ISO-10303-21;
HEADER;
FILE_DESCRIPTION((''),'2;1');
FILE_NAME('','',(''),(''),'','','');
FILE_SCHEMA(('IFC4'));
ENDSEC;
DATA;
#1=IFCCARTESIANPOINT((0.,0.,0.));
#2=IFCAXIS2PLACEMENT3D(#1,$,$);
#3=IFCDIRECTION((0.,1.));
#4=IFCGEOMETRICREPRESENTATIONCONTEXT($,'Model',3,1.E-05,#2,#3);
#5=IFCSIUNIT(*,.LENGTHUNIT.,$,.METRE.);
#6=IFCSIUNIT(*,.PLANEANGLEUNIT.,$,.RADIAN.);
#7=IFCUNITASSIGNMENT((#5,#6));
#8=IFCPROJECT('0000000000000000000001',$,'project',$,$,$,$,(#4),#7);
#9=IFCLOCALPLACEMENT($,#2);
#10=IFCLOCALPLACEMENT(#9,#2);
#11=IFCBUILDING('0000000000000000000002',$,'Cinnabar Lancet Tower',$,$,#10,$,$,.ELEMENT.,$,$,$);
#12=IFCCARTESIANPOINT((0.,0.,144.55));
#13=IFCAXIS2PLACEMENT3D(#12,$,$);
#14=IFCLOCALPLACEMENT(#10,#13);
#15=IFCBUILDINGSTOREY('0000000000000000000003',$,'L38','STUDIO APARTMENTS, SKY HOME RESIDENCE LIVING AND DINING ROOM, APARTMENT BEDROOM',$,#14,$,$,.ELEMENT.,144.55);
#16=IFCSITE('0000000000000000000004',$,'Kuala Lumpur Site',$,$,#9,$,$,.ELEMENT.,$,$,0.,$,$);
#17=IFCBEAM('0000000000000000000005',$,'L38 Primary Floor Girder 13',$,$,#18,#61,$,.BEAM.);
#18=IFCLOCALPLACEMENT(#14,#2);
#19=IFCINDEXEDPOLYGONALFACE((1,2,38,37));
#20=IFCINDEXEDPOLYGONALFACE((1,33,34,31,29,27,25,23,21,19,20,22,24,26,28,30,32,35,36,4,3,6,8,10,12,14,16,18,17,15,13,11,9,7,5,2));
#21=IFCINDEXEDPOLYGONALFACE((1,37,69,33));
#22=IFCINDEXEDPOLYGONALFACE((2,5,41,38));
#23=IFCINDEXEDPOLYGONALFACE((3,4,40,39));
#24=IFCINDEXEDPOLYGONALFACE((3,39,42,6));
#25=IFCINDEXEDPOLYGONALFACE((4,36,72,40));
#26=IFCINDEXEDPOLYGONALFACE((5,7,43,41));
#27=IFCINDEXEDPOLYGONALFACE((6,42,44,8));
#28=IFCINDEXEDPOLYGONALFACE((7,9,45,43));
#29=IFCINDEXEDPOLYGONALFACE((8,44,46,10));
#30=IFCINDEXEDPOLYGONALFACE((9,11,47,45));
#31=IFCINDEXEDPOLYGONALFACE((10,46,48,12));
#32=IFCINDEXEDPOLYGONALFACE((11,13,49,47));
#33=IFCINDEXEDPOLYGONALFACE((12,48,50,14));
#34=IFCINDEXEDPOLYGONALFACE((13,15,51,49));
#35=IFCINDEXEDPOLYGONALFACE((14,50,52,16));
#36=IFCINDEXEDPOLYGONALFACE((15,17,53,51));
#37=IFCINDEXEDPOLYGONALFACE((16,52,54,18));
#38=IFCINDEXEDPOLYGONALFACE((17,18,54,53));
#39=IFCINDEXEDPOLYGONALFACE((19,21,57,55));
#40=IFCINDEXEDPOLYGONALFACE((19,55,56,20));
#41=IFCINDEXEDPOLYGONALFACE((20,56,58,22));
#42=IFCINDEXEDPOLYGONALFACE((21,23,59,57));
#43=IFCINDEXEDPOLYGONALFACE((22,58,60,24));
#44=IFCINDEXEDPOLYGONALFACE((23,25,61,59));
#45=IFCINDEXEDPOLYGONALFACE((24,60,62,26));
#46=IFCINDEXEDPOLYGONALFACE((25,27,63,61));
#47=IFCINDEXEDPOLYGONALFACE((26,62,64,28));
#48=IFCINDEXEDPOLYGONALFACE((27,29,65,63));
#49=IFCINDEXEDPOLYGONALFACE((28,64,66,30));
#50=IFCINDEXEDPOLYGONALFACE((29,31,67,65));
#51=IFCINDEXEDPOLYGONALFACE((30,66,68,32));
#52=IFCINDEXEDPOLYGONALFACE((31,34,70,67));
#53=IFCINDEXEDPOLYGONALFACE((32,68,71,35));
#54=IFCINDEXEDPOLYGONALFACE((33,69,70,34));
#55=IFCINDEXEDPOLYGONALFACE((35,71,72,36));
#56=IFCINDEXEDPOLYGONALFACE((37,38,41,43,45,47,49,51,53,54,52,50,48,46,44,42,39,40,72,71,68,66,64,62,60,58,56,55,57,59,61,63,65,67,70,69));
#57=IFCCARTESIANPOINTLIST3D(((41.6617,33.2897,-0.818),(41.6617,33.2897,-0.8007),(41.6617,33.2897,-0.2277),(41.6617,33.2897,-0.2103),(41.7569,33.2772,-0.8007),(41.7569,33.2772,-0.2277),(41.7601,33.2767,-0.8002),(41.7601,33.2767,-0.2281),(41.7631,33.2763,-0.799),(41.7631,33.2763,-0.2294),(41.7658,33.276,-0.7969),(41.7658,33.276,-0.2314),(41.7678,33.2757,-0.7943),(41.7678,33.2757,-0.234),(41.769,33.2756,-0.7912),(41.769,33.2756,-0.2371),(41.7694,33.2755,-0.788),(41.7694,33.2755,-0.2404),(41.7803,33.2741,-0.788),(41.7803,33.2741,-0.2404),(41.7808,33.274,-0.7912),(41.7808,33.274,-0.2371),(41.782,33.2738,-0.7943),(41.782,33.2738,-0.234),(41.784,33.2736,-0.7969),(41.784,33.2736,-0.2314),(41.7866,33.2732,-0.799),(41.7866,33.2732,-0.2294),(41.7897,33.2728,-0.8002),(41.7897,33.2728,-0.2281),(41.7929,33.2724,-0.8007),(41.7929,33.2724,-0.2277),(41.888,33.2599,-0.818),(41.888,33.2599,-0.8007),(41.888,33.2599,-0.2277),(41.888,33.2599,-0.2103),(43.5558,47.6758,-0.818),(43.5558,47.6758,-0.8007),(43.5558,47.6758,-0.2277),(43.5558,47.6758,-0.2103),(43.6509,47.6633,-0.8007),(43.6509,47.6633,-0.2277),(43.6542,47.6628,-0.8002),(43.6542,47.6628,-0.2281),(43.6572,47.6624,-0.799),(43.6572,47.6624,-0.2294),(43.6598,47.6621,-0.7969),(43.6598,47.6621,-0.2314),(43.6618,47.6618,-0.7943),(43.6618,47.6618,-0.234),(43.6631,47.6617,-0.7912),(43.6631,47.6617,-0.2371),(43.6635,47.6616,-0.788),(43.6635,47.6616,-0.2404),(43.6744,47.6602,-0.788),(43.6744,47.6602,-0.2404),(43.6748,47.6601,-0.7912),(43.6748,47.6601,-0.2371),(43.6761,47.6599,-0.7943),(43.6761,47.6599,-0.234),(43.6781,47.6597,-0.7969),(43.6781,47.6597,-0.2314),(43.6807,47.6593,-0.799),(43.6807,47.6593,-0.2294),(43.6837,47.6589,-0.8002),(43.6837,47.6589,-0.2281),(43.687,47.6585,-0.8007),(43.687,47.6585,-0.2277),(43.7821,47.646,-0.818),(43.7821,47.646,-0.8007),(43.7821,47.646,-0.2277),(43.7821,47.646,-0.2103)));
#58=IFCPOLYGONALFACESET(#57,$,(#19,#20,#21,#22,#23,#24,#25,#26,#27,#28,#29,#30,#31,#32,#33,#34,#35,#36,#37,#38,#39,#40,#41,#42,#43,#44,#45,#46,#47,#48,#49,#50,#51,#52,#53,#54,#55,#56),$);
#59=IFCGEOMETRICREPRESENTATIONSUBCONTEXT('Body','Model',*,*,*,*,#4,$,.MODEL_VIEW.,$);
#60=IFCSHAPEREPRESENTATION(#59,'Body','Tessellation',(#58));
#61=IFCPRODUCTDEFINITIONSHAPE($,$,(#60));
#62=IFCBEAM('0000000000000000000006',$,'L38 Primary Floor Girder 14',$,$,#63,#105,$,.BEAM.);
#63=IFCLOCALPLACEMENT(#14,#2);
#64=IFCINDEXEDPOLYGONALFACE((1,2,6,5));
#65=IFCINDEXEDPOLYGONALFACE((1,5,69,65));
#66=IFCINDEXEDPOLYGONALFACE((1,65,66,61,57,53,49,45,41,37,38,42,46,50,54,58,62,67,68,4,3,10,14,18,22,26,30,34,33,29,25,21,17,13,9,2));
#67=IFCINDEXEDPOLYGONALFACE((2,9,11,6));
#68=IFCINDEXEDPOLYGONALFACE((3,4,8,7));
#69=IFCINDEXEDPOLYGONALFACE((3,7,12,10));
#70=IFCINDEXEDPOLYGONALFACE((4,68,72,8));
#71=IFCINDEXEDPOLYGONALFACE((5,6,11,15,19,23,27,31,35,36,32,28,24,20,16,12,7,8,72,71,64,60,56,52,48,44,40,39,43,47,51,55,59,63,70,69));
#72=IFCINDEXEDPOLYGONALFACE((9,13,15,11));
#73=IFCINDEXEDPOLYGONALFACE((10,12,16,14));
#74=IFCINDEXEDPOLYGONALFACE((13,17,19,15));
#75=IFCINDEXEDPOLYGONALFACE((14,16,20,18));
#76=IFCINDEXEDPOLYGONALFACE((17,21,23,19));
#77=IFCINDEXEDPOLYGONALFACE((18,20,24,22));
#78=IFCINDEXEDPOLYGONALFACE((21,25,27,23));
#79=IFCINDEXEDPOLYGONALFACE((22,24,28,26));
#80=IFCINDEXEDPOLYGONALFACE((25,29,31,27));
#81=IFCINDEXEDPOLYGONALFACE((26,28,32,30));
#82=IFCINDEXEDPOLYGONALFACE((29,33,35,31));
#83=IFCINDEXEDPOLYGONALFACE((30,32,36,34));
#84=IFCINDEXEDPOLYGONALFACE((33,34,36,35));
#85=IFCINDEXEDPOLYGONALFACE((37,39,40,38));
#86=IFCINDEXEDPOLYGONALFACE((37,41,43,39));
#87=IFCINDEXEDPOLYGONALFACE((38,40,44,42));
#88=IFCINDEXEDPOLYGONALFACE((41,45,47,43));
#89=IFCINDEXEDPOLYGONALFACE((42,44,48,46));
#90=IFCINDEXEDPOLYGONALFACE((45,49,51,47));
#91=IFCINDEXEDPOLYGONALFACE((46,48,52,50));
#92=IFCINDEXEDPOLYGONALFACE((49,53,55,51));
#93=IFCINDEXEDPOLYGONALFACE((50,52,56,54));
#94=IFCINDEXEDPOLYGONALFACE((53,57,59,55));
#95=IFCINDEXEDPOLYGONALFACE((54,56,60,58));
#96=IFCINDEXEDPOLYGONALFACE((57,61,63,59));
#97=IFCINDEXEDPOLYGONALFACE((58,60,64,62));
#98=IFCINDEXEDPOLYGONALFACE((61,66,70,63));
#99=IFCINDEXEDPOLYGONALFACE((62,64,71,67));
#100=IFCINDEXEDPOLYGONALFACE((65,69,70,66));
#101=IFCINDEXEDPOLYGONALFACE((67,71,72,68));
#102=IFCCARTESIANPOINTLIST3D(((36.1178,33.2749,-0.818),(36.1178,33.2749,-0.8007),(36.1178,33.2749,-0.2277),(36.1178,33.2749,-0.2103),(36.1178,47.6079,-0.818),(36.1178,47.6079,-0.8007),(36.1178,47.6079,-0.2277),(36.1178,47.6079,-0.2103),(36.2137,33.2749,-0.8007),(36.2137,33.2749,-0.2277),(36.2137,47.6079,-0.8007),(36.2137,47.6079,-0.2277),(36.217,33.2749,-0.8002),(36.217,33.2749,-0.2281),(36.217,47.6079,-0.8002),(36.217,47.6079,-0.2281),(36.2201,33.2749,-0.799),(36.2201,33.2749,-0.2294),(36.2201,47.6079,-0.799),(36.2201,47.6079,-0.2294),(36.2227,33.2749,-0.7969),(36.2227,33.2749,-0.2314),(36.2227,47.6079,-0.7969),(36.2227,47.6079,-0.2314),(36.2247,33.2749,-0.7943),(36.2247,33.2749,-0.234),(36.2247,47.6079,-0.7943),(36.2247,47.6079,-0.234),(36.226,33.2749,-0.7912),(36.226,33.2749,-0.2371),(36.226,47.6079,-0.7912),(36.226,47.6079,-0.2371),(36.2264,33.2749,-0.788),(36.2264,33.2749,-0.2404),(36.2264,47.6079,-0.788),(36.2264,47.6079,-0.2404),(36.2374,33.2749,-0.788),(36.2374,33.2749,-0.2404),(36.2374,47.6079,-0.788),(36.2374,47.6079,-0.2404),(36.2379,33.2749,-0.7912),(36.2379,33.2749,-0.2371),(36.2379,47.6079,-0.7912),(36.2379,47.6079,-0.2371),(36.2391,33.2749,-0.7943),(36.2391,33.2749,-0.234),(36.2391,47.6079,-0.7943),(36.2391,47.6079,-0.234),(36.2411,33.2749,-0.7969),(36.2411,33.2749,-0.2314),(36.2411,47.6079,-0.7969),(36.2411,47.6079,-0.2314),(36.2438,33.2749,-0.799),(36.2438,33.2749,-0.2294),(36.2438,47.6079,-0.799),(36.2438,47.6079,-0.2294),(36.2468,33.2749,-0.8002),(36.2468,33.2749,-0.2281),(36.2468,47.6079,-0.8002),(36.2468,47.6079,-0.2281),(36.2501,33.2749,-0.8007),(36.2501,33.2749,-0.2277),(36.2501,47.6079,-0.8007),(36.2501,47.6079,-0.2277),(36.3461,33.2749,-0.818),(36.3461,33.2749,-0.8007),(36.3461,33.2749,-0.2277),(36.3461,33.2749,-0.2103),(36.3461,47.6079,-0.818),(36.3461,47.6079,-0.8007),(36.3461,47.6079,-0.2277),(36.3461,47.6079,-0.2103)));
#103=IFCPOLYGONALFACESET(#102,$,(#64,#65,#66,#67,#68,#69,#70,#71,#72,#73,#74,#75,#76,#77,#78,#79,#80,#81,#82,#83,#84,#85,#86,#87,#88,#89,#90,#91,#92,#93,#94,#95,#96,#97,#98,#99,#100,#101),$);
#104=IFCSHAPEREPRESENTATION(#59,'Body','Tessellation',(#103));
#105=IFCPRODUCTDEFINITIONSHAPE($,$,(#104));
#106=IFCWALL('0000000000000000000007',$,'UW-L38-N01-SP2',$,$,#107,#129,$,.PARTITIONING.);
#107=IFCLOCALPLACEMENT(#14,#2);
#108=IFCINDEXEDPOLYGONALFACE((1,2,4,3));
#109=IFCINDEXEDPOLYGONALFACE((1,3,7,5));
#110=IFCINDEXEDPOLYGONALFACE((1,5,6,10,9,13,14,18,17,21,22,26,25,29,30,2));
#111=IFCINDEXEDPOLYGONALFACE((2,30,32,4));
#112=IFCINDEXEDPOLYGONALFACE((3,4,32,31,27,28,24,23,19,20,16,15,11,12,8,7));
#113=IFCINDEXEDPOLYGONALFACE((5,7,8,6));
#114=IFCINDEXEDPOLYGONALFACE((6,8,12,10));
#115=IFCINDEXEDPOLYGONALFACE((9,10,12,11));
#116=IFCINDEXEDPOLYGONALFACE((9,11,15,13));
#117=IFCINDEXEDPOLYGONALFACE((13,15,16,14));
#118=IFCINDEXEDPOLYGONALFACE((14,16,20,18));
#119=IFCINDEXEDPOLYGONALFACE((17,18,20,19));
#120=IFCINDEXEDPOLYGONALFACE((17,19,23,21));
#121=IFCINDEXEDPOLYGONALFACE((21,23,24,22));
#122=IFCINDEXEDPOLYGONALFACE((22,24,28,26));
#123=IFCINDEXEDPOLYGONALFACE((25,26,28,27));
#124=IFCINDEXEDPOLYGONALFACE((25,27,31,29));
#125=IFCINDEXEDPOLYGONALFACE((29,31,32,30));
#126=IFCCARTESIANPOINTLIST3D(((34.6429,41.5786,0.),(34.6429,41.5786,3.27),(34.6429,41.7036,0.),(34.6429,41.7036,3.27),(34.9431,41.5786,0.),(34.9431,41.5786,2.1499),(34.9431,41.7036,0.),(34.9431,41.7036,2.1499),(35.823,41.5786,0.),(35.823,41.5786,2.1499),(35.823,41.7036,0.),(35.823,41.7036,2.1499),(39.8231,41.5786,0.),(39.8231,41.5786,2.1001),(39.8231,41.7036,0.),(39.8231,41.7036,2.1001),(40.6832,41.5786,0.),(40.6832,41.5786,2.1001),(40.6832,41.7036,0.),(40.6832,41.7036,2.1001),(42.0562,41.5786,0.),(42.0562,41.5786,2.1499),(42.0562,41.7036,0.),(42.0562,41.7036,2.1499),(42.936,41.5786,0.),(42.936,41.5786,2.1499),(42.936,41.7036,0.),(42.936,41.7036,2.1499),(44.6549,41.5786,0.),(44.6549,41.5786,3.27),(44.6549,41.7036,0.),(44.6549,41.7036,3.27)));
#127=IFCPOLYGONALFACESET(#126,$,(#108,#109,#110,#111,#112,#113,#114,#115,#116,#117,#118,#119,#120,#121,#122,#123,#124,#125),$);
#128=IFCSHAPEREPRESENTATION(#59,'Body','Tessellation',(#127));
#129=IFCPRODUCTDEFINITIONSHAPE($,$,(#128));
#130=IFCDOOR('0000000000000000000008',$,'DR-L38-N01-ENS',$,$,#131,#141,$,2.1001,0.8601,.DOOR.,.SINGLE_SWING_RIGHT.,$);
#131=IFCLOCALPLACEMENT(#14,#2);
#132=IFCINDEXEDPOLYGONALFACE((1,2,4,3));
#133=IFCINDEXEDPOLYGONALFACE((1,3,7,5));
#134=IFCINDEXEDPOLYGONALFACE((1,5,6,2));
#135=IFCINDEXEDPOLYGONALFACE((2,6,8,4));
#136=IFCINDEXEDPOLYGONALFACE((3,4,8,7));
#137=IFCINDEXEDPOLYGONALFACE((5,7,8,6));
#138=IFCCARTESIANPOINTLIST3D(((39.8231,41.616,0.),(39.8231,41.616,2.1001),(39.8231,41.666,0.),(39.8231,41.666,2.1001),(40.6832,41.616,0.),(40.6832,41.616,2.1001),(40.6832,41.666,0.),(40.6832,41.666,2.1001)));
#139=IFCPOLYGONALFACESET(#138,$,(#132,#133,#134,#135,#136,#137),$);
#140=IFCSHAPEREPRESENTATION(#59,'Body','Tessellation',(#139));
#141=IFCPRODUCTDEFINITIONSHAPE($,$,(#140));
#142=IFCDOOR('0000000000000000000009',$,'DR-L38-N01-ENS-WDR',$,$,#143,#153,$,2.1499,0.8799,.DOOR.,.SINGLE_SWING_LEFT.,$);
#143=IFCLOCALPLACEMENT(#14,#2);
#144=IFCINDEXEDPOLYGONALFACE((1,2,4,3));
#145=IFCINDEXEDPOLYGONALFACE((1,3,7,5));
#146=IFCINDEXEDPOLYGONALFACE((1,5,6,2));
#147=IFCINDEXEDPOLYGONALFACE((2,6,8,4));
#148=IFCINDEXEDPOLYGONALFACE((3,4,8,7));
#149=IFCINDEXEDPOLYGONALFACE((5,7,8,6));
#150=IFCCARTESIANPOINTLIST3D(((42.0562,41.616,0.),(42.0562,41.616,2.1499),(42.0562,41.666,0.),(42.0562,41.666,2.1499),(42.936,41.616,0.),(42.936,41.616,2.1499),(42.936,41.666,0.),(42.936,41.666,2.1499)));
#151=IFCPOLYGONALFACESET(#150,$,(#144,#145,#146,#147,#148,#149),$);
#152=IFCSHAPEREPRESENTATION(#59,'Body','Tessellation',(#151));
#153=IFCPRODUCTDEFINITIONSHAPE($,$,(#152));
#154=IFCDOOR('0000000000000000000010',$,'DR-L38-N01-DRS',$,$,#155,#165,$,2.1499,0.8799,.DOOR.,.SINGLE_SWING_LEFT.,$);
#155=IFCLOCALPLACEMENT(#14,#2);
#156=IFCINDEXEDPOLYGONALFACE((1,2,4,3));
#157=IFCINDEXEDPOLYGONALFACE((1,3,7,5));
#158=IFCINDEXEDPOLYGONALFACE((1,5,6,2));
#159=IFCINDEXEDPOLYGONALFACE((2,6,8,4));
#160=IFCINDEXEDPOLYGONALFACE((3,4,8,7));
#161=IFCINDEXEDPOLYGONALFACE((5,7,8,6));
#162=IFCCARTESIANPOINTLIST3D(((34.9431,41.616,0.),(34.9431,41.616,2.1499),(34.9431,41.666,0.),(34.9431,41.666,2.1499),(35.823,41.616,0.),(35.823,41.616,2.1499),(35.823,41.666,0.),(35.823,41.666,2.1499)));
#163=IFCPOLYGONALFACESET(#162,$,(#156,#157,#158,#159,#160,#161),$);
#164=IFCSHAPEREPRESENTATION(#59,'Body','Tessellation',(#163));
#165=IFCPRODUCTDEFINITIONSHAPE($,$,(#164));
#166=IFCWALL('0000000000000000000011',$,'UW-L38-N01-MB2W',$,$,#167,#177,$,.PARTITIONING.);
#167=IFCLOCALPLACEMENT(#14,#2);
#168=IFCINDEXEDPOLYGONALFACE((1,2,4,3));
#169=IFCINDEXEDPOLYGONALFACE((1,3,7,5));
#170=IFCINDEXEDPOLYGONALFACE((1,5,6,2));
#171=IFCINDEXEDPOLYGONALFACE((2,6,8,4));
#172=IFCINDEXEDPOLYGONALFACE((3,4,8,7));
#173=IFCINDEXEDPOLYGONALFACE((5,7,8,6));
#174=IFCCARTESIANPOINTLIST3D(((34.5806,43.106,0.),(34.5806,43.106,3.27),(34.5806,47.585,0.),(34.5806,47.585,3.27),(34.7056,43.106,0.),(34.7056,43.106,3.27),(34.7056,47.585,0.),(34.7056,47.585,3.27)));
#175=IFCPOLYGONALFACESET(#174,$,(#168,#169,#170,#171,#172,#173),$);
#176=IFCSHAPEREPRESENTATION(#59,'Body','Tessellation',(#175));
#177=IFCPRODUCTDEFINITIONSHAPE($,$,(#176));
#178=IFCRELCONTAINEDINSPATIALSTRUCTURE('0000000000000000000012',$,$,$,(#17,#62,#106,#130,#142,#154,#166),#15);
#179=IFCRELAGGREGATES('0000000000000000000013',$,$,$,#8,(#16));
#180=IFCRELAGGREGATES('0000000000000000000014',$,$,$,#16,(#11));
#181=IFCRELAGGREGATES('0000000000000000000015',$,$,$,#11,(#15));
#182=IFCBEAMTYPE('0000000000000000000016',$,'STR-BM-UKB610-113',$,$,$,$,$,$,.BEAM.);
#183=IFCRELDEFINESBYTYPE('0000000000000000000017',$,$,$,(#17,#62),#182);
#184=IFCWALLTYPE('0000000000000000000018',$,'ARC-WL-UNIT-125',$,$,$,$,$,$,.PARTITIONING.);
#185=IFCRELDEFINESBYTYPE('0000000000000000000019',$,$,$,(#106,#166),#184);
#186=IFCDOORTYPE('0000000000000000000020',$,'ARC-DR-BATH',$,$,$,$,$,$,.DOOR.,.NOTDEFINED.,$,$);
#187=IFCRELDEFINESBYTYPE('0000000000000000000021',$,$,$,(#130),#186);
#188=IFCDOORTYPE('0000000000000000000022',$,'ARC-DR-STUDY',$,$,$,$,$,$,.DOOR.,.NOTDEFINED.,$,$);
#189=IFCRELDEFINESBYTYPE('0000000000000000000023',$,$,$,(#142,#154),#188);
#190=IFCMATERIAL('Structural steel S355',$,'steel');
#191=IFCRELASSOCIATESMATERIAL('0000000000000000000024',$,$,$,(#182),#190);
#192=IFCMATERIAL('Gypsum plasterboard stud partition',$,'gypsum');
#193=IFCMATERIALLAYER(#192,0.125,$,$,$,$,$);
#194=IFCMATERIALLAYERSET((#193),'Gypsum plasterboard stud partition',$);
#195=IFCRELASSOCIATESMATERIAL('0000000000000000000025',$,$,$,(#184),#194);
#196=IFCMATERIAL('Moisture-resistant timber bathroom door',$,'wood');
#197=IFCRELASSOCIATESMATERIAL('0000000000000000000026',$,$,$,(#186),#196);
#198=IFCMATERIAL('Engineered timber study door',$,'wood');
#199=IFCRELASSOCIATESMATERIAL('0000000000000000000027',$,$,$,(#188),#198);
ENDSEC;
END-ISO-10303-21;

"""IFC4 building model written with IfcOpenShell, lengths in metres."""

from ifc_helpers import new_model, si_unit, direction, frame, frame_2d, origin, origin_2d, place, context, subcontext, project, spatial, rectangle, i_section, extrude, material, layer, layer_set, material_profile, profile_set, type_object, element, fill, save


model = new_model("IFC4")

# Units and contexts
model_context = context("Model", 3, precision=1e-05, world=origin(), true_north=direction((0.0, 1.0)))
body_context = subcontext(model_context, "Body", "Model", "MODEL_VIEW")
ifc_project = project(units=[si_unit("LENGTHUNIT", "METRE"), si_unit("PLANEANGLEUNIT", "RADIAN")], contexts=[model_context])

# Site, building, storey
site_placement = place(None, origin())
site = spatial("IfcSite", under=ifc_project, at=site_placement, Name="Kuala Lumpur Site", CompositionType="ELEMENT", RefElevation=0.0)
building_placement = place(site_placement, origin())
building = spatial("IfcBuilding", under=site, at=building_placement, Name="Cinnabar Lancet Tower", CompositionType="ELEMENT")
storey_placement = place(building_placement, frame((0.0, 0.0, 144.55)))
storey = spatial("IfcBuildingStorey", under=building, at=storey_placement, Name="L38", Description="STUDIO APARTMENTS, SKY HOME RESIDENCE LIVING AND DINING ROOM, APARTMENT BEDROOM", CompositionType="ELEMENT", Elevation=144.55)

# Beams
ifc_material_1 = material(Name="Structural steel S355", Category="steel")
ifc_material_profile_1 = material_profile(ifc_material_1, i_section(OverallWidth=0.2283, OverallDepth=0.6077, WebThickness=0.011, FlangeThickness=0.0173, FilletRadius=0.0127, at=origin_2d()), Name="UKB 610x229x113")
ifc_profile_set_1 = profile_set([ifc_material_profile_1], Name="Structural steel S355")
beam_type_1 = type_object("IfcBeamType", Name="STR-BM-UKB610-113", PredefinedType="BEAM", material=ifc_profile_set_1)
beam_1_placement = place(storey_placement, frame((43.6689, 47.6609, -0.5142), z_axis=(-0.130532, -0.991444, 0.0), x_axis=(0.991444, -0.130532, 0.0)))
element("IfcBeam", 1, at=beam_1_placement, inside=storey, type_object=beam_type_1, Name="L38 Primary Floor Girder 13", PredefinedType="BEAM", context=body_context, shape_type="SweptSolid", body=[
    extrude(i_section(OverallWidth=0.2283, OverallDepth=0.6077, WebThickness=0.011, FlangeThickness=0.0173, FilletRadius=0.0127, at=origin_2d()), origin(), (0.0, 0.0, 1.0), 14.5103),
])
beam_2_placement = place(storey_placement, frame((36.2319, 47.6079, -0.5142), z_axis=(0.0, -1.0, 0.0), x_axis=(1.0, 0.0, 0.0)))
element("IfcBeam", 2, at=beam_2_placement, inside=storey, type_object=beam_type_1, Name="L38 Primary Floor Girder 14", PredefinedType="BEAM", context=body_context, shape_type="SweptSolid", body=[
    extrude(i_section(OverallWidth=0.2283, OverallDepth=0.6077, WebThickness=0.011, FlangeThickness=0.0173, FilletRadius=0.0127, at=origin_2d()), origin(), (0.0, 0.0, 1.0), 14.333),
])

# Wall, openings, doors
ifc_material_2 = material(Name="Gypsum plasterboard stud partition", Category="gypsum")
ifc_layer_1 = layer(ifc_material_2, 0.125)
ifc_layer_set_1 = layer_set([ifc_layer_1], Name="Gypsum plasterboard stud partition")
wall_type_1 = type_object("IfcWallType", Name="ARC-WL-UNIT-125", PredefinedType="PARTITIONING", material=ifc_layer_set_1)
wall_1_placement = place(storey_placement, frame((34.6431, 41.6411, 0.0), z_axis=(0.0, 0.0, 1.0), x_axis=(1.0, 0.0, 0.0)))
wall_1 = element("IfcWall", 3, at=wall_1_placement, inside=storey, type_object=wall_type_1, Name="UW-L38-N01-SP2", PredefinedType="PARTITIONING", context=body_context, shape_type="SweptSolid", body=[
    extrude(rectangle(XDim=10.012, YDim=0.125, at=frame_2d((5.0059, 0.0))), origin(), (0.0, 0.0, 1.0), 3.27),
])
opening_1_placement = place(wall_1_placement, frame((5.1799, 0.0, 0.0)))
opening_1 = element("IfcOpeningElement", 4, at=opening_1_placement, cuts=wall_1, PredefinedType="OPENING", context=body_context, shape_type="SweptSolid", body=[
    extrude(rectangle(XDim=0.8601, YDim=2.1001, at=frame_2d((0.4302, 1.05))), frame((0.0, 0.0725, 0.0), z_axis=(0.0, -1.0, 0.0), x_axis=(1.0, 0.0, 0.0)), (0.0, 0.0, 1.0), 0.145),
])
opening_2_placement = place(wall_1_placement, frame((7.4131, 0.0, 0.0)))
opening_2 = element("IfcOpeningElement", 5, at=opening_2_placement, cuts=wall_1, PredefinedType="OPENING", context=body_context, shape_type="SweptSolid", body=[
    extrude(rectangle(XDim=0.8799, YDim=2.1499, at=frame_2d((0.4399, 1.075))), frame((0.0, 0.0725, 0.0), z_axis=(0.0, -1.0, 0.0), x_axis=(1.0, 0.0, 0.0)), (0.0, 0.0, 1.0), 0.145),
])
opening_3_placement = place(wall_1_placement, frame((0.3, 0.0, 0.0)))
opening_3 = element("IfcOpeningElement", 6, at=opening_3_placement, cuts=wall_1, PredefinedType="OPENING", context=body_context, shape_type="SweptSolid", body=[
    extrude(rectangle(XDim=0.8799, YDim=2.1499, at=frame_2d((0.4399, 1.075))), frame((0.0, 0.0725, 0.0), z_axis=(0.0, -1.0, 0.0), x_axis=(1.0, 0.0, 0.0)), (0.0, 0.0, 1.0), 0.145),
])
ifc_material_3 = material(Name="Moisture-resistant timber bathroom door", Category="wood")
door_type_1 = type_object("IfcDoorType", Name="ARC-DR-BATH", OperationType="NOTDEFINED", PredefinedType="DOOR", material=ifc_material_3)
door_1_placement = place(opening_1_placement, origin())
door_1 = element("IfcDoor", 7, at=door_1_placement, inside=storey, type_object=door_type_1, Name="DR-L38-N01-ENS", OperationType="SINGLE_SWING_RIGHT", OverallHeight=2.1001, OverallWidth=0.8601, PredefinedType="DOOR", context=body_context, shape_type="SweptSolid", body=[
    extrude(rectangle(XDim=0.8601, YDim=2.1001, at=frame_2d((0.4302, 1.05))), frame((0.0, 0.0249, 0.0), z_axis=(0.0, -1.0, 0.0), x_axis=(1.0, 0.0, 0.0)), (0.0, 0.0, 1.0), 0.05),
])
fill(opening_1, door_1)
ifc_material_4 = material(Name="Engineered timber study door", Category="wood")
door_type_2 = type_object("IfcDoorType", Name="ARC-DR-STUDY", OperationType="NOTDEFINED", PredefinedType="DOOR", material=ifc_material_4)
door_2_placement = place(opening_2_placement, origin())
door_2 = element("IfcDoor", 8, at=door_2_placement, inside=storey, type_object=door_type_2, Name="DR-L38-N01-ENS-WDR", OperationType="SINGLE_SWING_LEFT", OverallHeight=2.1499, OverallWidth=0.8799, PredefinedType="DOOR", context=body_context, shape_type="SweptSolid", body=[
    extrude(rectangle(XDim=0.8799, YDim=2.1499, at=frame_2d((0.4399, 1.075))), frame((0.0, 0.0249, 0.0), z_axis=(0.0, -1.0, 0.0), x_axis=(1.0, 0.0, 0.0)), (0.0, 0.0, 1.0), 0.05),
])
fill(opening_2, door_2)
door_3_placement = place(opening_3_placement, origin())
door_3 = element("IfcDoor", 9, at=door_3_placement, inside=storey, type_object=door_type_2, Name="DR-L38-N01-DRS", OperationType="SINGLE_SWING_LEFT", OverallHeight=2.1499, OverallWidth=0.8799, PredefinedType="DOOR", context=body_context, shape_type="SweptSolid", body=[
    extrude(rectangle(XDim=0.8799, YDim=2.1499, at=frame_2d((0.4399, 1.075))), frame((0.0, 0.0249, 0.0), z_axis=(0.0, -1.0, 0.0), x_axis=(1.0, 0.0, 0.0)), (0.0, 0.0, 1.0), 0.05),
])
fill(opening_3, door_3)

# Wall
for number, where, z_axis, x_axis, name in (
    (10, (34.6431, 43.106, 0.0), (0.0, 0.0, 1.0), (0.0, 1.0, 0.0), "UW-L38-N01-MB2W"),
):
    element("IfcWall", number, at=place(storey_placement, frame(where, z_axis=z_axis, x_axis=x_axis)), inside=storey, type_object=wall_type_1, Name=name, PredefinedType="PARTITIONING", context=body_context, shape_type="SweptSolid", body=[
        extrude(rectangle(XDim=4.479, YDim=0.125, at=frame_2d((2.2395, 0.0))), origin(), (0.0, 0.0, 1.0), 3.27),
    ])

save(model, "model.ifc")
